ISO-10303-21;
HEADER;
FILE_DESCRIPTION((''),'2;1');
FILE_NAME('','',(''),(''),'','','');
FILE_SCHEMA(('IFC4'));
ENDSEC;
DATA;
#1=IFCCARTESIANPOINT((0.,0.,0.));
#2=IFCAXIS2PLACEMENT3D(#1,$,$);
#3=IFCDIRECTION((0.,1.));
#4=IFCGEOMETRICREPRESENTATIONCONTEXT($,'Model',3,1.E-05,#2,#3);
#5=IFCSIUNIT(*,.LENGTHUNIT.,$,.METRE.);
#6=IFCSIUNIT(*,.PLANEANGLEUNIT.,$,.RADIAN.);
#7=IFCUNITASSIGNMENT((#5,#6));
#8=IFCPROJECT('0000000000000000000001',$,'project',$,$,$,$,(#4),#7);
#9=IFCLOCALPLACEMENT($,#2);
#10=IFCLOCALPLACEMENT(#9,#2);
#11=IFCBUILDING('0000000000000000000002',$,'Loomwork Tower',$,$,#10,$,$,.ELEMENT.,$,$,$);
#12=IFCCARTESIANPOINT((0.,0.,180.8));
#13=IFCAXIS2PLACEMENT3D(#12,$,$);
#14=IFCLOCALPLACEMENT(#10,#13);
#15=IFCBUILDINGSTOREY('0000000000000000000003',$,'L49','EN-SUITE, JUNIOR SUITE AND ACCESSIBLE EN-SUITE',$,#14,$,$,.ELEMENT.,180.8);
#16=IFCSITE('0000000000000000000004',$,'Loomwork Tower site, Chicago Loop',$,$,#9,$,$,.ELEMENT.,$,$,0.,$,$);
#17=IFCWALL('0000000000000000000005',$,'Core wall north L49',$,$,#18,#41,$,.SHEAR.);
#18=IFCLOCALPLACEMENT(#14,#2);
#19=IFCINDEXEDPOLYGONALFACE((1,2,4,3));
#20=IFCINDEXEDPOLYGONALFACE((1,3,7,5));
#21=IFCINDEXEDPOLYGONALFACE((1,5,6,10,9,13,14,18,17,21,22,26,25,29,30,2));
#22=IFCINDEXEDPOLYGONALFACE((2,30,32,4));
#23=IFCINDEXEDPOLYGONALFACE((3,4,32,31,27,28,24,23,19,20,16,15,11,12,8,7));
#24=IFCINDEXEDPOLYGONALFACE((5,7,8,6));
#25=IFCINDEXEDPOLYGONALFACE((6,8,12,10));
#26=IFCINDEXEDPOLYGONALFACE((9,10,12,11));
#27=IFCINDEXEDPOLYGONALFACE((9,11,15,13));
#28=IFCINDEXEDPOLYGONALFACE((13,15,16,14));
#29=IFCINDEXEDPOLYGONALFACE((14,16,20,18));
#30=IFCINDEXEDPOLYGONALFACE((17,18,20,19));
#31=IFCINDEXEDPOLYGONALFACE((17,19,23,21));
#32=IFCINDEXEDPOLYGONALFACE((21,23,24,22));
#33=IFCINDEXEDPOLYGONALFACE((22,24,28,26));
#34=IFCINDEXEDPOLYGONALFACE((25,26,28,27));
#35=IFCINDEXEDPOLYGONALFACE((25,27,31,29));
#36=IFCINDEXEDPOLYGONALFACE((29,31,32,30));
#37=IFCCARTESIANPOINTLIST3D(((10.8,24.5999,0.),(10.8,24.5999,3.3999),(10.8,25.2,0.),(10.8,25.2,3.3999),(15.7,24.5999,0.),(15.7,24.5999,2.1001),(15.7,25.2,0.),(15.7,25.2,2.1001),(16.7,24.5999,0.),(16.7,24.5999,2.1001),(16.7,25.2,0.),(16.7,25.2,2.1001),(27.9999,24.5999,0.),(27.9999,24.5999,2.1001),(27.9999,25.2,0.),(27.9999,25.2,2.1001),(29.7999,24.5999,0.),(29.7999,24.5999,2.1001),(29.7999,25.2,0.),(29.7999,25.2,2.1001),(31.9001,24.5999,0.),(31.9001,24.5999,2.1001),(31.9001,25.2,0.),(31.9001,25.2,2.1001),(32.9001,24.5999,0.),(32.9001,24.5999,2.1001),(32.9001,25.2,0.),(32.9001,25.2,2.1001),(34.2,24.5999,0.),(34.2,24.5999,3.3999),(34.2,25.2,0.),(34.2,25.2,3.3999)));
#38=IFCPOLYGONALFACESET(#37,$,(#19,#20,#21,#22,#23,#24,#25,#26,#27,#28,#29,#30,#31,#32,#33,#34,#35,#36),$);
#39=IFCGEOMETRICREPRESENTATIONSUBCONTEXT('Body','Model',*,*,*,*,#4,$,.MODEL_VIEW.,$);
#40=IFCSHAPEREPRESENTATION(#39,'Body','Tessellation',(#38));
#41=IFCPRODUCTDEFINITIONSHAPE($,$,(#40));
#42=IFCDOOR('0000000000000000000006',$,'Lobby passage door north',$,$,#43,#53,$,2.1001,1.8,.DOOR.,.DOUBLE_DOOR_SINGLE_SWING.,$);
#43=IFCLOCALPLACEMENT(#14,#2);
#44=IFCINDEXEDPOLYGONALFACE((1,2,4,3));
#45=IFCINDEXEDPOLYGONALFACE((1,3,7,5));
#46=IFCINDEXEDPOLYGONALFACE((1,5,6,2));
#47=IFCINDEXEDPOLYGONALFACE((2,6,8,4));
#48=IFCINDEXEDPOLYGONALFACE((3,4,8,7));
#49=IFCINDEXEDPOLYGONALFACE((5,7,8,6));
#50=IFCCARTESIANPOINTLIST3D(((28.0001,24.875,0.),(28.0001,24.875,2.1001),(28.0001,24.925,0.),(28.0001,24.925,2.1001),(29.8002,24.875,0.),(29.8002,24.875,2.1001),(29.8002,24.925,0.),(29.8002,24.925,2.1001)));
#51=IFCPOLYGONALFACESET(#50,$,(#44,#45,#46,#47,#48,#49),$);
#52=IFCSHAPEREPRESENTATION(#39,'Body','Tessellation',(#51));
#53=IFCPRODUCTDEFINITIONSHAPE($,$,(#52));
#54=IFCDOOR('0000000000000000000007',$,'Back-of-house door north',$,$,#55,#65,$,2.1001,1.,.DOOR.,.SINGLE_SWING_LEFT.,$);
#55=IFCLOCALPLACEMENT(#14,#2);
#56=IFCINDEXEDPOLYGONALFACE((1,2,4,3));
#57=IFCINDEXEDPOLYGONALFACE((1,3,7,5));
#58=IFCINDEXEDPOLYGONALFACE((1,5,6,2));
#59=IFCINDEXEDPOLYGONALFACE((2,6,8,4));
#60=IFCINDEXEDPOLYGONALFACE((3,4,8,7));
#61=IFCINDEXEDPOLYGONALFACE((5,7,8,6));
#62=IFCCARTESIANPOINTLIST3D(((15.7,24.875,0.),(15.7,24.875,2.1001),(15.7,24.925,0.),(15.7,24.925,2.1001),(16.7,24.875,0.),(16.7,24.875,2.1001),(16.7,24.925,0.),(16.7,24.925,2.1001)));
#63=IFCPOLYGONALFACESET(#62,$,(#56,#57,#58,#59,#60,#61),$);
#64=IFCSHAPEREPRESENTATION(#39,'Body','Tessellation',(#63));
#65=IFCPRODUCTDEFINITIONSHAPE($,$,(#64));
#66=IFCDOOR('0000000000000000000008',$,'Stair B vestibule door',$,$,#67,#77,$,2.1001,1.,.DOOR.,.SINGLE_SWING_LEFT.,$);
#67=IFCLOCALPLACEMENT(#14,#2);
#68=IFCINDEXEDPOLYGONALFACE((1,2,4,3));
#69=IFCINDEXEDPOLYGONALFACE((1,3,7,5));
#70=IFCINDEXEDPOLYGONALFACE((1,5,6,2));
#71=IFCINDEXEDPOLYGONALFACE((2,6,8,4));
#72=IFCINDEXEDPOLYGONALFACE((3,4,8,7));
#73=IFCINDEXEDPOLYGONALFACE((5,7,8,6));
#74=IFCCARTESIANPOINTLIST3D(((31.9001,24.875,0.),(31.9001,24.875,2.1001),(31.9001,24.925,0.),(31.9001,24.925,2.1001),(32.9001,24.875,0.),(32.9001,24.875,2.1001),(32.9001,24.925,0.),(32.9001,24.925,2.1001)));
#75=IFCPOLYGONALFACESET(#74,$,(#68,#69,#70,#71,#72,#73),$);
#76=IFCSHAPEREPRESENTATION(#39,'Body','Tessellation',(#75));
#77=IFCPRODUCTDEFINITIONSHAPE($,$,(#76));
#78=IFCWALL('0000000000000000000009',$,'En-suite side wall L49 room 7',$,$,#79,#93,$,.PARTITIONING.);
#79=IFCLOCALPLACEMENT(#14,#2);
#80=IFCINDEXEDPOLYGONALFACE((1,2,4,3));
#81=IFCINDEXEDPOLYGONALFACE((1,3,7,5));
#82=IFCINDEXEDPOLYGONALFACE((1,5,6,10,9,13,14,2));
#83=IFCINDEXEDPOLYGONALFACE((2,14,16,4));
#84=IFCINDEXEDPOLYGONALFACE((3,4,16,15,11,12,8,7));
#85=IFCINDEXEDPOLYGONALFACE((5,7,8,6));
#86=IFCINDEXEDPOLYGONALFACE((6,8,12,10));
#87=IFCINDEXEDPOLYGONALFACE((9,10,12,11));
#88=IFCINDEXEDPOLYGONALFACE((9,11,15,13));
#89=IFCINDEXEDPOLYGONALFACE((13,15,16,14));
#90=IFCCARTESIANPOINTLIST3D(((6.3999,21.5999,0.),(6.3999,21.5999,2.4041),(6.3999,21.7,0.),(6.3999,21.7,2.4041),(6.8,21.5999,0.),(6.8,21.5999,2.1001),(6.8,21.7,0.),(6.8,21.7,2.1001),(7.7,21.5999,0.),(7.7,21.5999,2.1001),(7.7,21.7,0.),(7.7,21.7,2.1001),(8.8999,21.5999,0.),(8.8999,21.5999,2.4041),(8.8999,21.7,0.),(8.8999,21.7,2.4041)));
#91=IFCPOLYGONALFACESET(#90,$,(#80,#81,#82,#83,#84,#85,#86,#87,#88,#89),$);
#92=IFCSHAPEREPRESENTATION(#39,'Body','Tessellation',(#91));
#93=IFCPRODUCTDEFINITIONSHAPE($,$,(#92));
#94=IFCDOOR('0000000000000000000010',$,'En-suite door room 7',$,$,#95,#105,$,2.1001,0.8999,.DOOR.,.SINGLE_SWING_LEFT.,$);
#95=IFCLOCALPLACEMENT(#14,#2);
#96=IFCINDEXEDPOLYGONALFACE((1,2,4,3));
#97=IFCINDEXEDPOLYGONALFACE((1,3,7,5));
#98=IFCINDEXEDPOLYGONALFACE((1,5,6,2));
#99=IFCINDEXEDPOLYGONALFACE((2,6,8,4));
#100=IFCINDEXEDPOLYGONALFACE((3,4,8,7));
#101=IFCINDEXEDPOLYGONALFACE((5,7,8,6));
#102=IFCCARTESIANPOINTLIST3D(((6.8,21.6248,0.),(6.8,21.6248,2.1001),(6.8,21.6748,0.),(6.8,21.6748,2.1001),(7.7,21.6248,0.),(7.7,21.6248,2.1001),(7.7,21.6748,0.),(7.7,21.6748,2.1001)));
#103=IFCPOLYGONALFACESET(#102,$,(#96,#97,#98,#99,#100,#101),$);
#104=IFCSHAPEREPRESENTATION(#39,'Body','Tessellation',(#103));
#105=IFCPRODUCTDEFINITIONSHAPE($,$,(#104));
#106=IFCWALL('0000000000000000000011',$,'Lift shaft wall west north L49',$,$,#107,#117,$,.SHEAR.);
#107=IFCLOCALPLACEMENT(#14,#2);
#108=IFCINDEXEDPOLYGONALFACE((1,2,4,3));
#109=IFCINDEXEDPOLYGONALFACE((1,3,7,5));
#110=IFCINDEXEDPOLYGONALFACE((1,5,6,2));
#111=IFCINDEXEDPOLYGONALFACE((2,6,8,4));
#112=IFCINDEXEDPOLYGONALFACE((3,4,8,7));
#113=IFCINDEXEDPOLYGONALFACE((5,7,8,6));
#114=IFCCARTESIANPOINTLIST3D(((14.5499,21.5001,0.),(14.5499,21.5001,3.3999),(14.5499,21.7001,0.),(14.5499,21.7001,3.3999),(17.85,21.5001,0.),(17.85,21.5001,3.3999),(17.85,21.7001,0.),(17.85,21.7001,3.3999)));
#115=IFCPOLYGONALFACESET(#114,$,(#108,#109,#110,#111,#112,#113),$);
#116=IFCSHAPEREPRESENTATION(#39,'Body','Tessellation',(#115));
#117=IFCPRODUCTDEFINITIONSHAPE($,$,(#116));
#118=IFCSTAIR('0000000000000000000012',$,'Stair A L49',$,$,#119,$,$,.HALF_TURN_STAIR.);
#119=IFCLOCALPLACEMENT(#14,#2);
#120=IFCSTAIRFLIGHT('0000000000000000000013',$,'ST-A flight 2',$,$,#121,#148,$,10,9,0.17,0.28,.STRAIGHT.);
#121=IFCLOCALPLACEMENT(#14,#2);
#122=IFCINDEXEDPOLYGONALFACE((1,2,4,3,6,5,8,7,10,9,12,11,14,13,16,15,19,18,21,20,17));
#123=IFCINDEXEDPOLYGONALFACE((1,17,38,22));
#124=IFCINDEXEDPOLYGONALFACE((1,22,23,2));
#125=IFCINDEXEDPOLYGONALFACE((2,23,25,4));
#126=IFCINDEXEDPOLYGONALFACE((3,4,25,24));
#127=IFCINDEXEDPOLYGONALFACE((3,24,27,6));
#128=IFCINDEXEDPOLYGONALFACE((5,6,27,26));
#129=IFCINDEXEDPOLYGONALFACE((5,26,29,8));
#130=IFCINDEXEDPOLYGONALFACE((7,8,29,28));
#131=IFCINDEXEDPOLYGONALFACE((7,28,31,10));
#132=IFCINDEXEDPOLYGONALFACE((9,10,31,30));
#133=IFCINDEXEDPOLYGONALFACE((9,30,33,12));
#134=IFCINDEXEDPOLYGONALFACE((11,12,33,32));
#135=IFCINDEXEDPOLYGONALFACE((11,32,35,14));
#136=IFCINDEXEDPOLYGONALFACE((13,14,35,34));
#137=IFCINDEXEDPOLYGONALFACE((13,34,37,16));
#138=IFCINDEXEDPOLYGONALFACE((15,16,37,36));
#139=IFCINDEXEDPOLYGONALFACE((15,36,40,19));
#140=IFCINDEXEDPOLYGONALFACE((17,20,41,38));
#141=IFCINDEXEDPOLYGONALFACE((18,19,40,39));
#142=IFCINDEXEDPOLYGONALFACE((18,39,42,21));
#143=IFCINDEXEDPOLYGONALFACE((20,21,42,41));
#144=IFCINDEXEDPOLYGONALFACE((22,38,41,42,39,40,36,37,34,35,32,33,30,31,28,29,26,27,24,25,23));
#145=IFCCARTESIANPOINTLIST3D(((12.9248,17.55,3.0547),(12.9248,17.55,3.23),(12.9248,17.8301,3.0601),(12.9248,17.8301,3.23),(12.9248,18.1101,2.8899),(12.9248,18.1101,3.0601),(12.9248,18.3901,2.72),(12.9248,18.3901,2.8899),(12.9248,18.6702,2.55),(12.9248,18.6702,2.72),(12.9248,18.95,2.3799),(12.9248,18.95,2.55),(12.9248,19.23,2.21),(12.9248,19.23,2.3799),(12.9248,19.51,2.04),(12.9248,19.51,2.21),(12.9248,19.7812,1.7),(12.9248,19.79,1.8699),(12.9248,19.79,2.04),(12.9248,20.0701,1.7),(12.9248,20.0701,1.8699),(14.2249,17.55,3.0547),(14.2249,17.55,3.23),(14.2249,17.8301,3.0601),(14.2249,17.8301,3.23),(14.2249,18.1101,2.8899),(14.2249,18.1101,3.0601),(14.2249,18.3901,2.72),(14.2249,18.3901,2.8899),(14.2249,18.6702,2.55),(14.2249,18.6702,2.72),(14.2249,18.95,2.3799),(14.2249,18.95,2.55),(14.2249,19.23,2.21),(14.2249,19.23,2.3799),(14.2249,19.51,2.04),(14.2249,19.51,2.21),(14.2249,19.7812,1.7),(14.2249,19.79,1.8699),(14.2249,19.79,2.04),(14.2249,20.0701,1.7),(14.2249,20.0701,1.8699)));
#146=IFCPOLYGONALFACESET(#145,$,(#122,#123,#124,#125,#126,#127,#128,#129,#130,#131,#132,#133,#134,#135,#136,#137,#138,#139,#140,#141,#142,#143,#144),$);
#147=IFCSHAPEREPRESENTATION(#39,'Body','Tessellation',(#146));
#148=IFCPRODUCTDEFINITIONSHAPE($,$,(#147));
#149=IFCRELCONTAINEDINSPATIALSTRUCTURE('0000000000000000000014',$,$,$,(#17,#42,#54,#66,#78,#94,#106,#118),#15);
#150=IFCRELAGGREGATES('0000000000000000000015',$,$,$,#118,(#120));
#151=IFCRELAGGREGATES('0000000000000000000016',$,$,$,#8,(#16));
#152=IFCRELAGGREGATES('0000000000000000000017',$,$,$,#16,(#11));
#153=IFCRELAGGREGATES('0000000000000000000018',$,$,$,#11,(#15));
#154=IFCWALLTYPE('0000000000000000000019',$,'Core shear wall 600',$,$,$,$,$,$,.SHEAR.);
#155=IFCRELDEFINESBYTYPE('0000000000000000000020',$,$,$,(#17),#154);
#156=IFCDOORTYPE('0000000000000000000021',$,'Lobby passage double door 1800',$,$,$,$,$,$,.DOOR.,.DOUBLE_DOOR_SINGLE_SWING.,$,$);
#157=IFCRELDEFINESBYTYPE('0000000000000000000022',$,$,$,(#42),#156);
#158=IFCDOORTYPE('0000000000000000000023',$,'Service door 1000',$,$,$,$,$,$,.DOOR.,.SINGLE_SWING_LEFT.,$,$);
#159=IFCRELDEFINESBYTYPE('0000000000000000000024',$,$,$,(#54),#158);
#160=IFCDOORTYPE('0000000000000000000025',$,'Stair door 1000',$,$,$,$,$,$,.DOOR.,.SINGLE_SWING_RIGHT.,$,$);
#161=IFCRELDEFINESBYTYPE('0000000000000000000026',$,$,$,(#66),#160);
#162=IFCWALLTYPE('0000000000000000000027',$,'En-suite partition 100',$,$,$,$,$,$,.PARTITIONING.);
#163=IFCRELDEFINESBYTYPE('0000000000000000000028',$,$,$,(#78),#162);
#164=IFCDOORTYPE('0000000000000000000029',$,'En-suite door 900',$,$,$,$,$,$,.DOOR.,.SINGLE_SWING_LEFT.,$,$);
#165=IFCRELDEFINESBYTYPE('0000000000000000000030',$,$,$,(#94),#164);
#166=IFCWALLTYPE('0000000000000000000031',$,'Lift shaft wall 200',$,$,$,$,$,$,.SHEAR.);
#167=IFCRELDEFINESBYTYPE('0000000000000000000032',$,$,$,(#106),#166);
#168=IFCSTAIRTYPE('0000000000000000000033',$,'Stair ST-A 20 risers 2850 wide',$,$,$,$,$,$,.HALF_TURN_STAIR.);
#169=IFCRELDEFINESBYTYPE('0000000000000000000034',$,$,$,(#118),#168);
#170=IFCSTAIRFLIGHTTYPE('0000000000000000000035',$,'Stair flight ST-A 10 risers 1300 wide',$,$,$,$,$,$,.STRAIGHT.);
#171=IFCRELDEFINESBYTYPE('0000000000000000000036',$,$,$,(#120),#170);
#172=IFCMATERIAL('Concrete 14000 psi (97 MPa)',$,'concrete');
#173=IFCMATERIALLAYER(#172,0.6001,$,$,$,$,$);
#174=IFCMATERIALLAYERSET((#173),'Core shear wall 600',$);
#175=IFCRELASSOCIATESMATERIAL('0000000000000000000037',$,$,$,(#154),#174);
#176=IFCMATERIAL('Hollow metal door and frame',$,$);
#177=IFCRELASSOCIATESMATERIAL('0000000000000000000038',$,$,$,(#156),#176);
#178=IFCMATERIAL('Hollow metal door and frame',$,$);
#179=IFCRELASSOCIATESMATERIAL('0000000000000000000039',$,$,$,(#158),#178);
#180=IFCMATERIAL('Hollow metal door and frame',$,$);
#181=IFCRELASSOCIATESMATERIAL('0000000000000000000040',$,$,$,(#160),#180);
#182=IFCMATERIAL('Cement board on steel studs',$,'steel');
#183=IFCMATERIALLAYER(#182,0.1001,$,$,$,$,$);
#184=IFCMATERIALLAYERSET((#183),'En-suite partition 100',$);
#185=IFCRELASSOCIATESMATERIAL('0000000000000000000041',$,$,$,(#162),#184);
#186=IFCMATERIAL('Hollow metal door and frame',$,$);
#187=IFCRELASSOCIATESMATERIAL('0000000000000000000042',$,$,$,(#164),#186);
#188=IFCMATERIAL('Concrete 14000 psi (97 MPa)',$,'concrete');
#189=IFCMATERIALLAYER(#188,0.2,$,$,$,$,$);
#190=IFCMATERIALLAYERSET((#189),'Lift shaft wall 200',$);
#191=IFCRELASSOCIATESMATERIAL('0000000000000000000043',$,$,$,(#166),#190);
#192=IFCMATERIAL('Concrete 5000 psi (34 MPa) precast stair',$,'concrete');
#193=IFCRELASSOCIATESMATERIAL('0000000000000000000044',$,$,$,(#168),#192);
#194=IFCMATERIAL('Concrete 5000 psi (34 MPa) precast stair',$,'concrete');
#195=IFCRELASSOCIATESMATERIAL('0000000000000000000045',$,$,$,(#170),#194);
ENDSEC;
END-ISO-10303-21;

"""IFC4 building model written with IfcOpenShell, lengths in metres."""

from ifc_helpers import new_model, si_unit, direction, frame, frame_2d, origin, place, context, subcontext, project, spatial, polyline, rectangle, outline, extrude, material, layer, layer_set, type_object, element, fill, aggregate, save


model = new_model("IFC4")

# Units and contexts
model_context = context("Model", 3, precision=1e-05, world=origin(), true_north=direction((0.0, 1.0)))
body_context = subcontext(model_context, "Body", "Model", "MODEL_VIEW")
ifc_project = project(units=[si_unit("LENGTHUNIT", "METRE"), si_unit("PLANEANGLEUNIT", "RADIAN")], contexts=[model_context])

# Site, building, storey
site_placement = place(None, origin())
site = spatial("IfcSite", under=ifc_project, at=site_placement, Name="Loomwork Tower site, Chicago Loop", CompositionType="ELEMENT", RefElevation=0.0)
building_placement = place(site_placement, origin())
building = spatial("IfcBuilding", under=site, at=building_placement, Name="Loomwork Tower", CompositionType="ELEMENT")
storey_placement = place(building_placement, frame((0.0, 0.0, 180.8)))
storey = spatial("IfcBuildingStorey", under=building, at=storey_placement, Name="L49", Description="EN-SUITE, JUNIOR SUITE AND ACCESSIBLE EN-SUITE", CompositionType="ELEMENT", Elevation=180.8)

# Wall, openings, doors
ifc_material_1 = material(Name="Concrete 14000 psi (97 MPa)", Category="concrete")
ifc_layer_1 = layer(ifc_material_1, 0.6001)
ifc_layer_set_1 = layer_set([ifc_layer_1], Name="Core shear wall 600")
wall_type_1 = type_object("IfcWallType", Name="Core shear wall 600", PredefinedType="SHEAR", material=ifc_layer_set_1)
wall_1_placement = place(storey_placement, frame((10.8, 24.8999, 0.0), z_axis=(0.0, 0.0, 1.0), x_axis=(1.0, 0.0, 0.0)))
wall_1 = element("IfcWall", 1, at=wall_1_placement, inside=storey, type_object=wall_type_1, Name="Core wall north L49", PredefinedType="SHEAR", context=body_context, shape_type="SweptSolid", body=[
    extrude(rectangle(XDim=23.3999, YDim=0.6001, at=frame_2d((11.7, 0.0))), origin(), (0.0, 0.0, 1.0), 3.3999),
])
opening_1_placement = place(wall_1_placement, frame((17.2, 0.0, 0.0)))
opening_1 = element("IfcOpeningElement", 2, at=opening_1_placement, cuts=wall_1, PredefinedType="OPENING", context=body_context, shape_type="SweptSolid", body=[
    extrude(rectangle(XDim=1.8, YDim=2.1001, at=frame_2d((0.8999, 1.05))), frame((0.0, 0.3101, 0.0), z_axis=(0.0, -1.0, 0.0), x_axis=(1.0, 0.0, 0.0)), (0.0, 0.0, 1.0), 0.6201),
])
opening_2_placement = place(wall_1_placement, frame((21.1001, 0.0, 0.0)))
opening_2 = element("IfcOpeningElement", 3, at=opening_2_placement, cuts=wall_1, PredefinedType="OPENING", context=body_context, shape_type="SweptSolid", body=[
    extrude(rectangle(XDim=1.0, YDim=2.1001, at=frame_2d((0.5, 1.05))), frame((0.0, 0.3101, 0.0), z_axis=(0.0, -1.0, 0.0), x_axis=(1.0, 0.0, 0.0)), (0.0, 0.0, 1.0), 0.6201),
])
opening_3_placement = place(wall_1_placement, frame((4.8999, 0.0, 0.0)))
opening_3 = element("IfcOpeningElement", 4, at=opening_3_placement, cuts=wall_1, PredefinedType="OPENING", context=body_context, shape_type="SweptSolid", body=[
    extrude(rectangle(XDim=1.0, YDim=2.1001, at=frame_2d((0.5, 1.05))), frame((0.0, 0.3101, 0.0), z_axis=(0.0, -1.0, 0.0), x_axis=(1.0, 0.0, 0.0)), (0.0, 0.0, 1.0), 0.6201),
])
ifc_material_2 = material(Name="Hollow metal door and frame")
door_type_1 = type_object("IfcDoorType", Name="Lobby passage double door 1800", OperationType="DOUBLE_DOOR_SINGLE_SWING", PredefinedType="DOOR", material=ifc_material_2)
door_1_placement = place(opening_1_placement, frame((1.8, 0.0, 0.0), z_axis=(0.0, 0.0, 1.0), x_axis=(-1.0, 0.0, 0.0)))
door_1 = element("IfcDoor", 5, at=door_1_placement, inside=storey, type_object=door_type_1, Name="Lobby passage door north", OperationType="DOUBLE_DOOR_SINGLE_SWING", OverallHeight=2.1001, OverallWidth=1.8, PredefinedType="DOOR", context=body_context, shape_type="SweptSolid", body=[
    extrude(rectangle(XDim=1.8, YDim=2.1001, at=frame_2d((0.8999, 1.05))), frame((0.0, 0.0249, 0.0), z_axis=(0.0, -1.0, 0.0), x_axis=(1.0, 0.0, 0.0)), (0.0, 0.0, 1.0), 0.05),
])
fill(opening_1, door_1)
ifc_material_3 = material(Name="Hollow metal door and frame")
door_type_2 = type_object("IfcDoorType", Name="Service door 1000", OperationType="SINGLE_SWING_LEFT", PredefinedType="DOOR", material=ifc_material_3)
door_2_placement = place(opening_3_placement, frame((1.0, 0.0, 0.0), z_axis=(0.0, 0.0, 1.0), x_axis=(-1.0, 0.0, 0.0)))
door_2 = element("IfcDoor", 6, at=door_2_placement, inside=storey, type_object=door_type_2, Name="Back-of-house door north", OperationType="SINGLE_SWING_LEFT", OverallHeight=2.1001, OverallWidth=1.0, PredefinedType="DOOR", context=body_context, shape_type="SweptSolid", body=[
    extrude(rectangle(XDim=1.0, YDim=2.1001, at=frame_2d((0.5, 1.05))), frame((0.0, 0.0249, 0.0), z_axis=(0.0, -1.0, 0.0), x_axis=(1.0, 0.0, 0.0)), (0.0, 0.0, 1.0), 0.05),
])
fill(opening_3, door_2)
ifc_material_4 = material(Name="Hollow metal door and frame")
door_type_3 = type_object("IfcDoorType", Name="Stair door 1000", OperationType="SINGLE_SWING_RIGHT", PredefinedType="DOOR", material=ifc_material_4)
door_3_placement = place(opening_2_placement, frame((1.0, 0.0, 0.0), z_axis=(0.0, 0.0, 1.0), x_axis=(-1.0, 0.0, 0.0)))
door_3 = element("IfcDoor", 7, at=door_3_placement, inside=storey, type_object=door_type_3, Name="Stair B vestibule door", OperationType="SINGLE_SWING_LEFT", OverallHeight=2.1001, OverallWidth=1.0, PredefinedType="DOOR", context=body_context, shape_type="SweptSolid", body=[
    extrude(rectangle(XDim=1.0, YDim=2.1001, at=frame_2d((0.5, 1.05))), frame((0.0, 0.0249, 0.0), z_axis=(0.0, -1.0, 0.0), x_axis=(1.0, 0.0, 0.0)), (0.0, 0.0, 1.0), 0.05),
])
fill(opening_2, door_3)

# Wall, opening, door
ifc_material_5 = material(Name="Cement board on steel studs", Category="steel")
ifc_layer_2 = layer(ifc_material_5, 0.1001)
ifc_layer_set_2 = layer_set([ifc_layer_2], Name="En-suite partition 100")
wall_type_2 = type_object("IfcWallType", Name="En-suite partition 100", PredefinedType="PARTITIONING", material=ifc_layer_set_2)
wall_2_placement = place(storey_placement, frame((8.8999, 21.6499, 0.0), z_axis=(0.0, 0.0, 1.0), x_axis=(-1.0, 0.0, 0.0)))
wall_2 = element("IfcWall", 8, at=wall_2_placement, inside=storey, type_object=wall_type_2, Name="En-suite side wall L49 room 7", PredefinedType="PARTITIONING", context=body_context, shape_type="SweptSolid", body=[
    extrude(rectangle(XDim=2.5, YDim=0.1001, at=frame_2d((1.25, 0.0))), origin(), (0.0, 0.0, 1.0), 2.4041),
])
opening_4_placement = place(wall_2_placement, frame((1.2, 0.0, 0.0)))
opening_4 = element("IfcOpeningElement", 9, at=opening_4_placement, cuts=wall_2, PredefinedType="OPENING", context=body_context, shape_type="SweptSolid", body=[
    extrude(rectangle(XDim=0.8999, YDim=2.1001, at=frame_2d((0.45, 1.05))), frame((0.0, 0.0601, 0.0), z_axis=(0.0, -1.0, 0.0), x_axis=(1.0, 0.0, 0.0)), (0.0, 0.0, 1.0), 0.1201),
])
ifc_material_6 = material(Name="Hollow metal door and frame")
door_type_4 = type_object("IfcDoorType", Name="En-suite door 900", OperationType="SINGLE_SWING_LEFT", PredefinedType="DOOR", material=ifc_material_6)
door_4_placement = place(opening_4_placement, frame((0.8999, 0.0, 0.0), z_axis=(0.0, 0.0, 1.0), x_axis=(-1.0, 0.0, 0.0)))
door_4 = element("IfcDoor", 10, at=door_4_placement, inside=storey, type_object=door_type_4, Name="En-suite door room 7", OperationType="SINGLE_SWING_LEFT", OverallHeight=2.1001, OverallWidth=0.8999, PredefinedType="DOOR", context=body_context, shape_type="SweptSolid", body=[
    extrude(rectangle(XDim=0.8999, YDim=2.1001, at=frame_2d((0.45, 1.05))), frame((0.0, 0.0249, 0.0), z_axis=(0.0, -1.0, 0.0), x_axis=(1.0, 0.0, 0.0)), (0.0, 0.0, 1.0), 0.05),
])
fill(opening_4, door_4)

# Wall
ifc_material_7 = material(Name="Concrete 14000 psi (97 MPa)", Category="concrete")
ifc_layer_3 = layer(ifc_material_7, 0.2)
ifc_layer_set_3 = layer_set([ifc_layer_3], Name="Lift shaft wall 200")
wall_type_3 = type_object("IfcWallType", Name="Lift shaft wall 200", PredefinedType="SHEAR", material=ifc_layer_set_3)
wall_3_placement = place(storey_placement, frame((14.55, 21.6001, 0.0), z_axis=(0.0, 0.0, 1.0), x_axis=(1.0, 0.0, 0.0)))
element("IfcWall", 11, at=wall_3_placement, inside=storey, type_object=wall_type_3, Name="Lift shaft wall west north L49", PredefinedType="SHEAR", context=body_context, shape_type="SweptSolid", body=[
    extrude(rectangle(XDim=3.3, YDim=0.2, at=frame_2d((1.6499, 0.0))), origin(), (0.0, 0.0, 1.0), 3.3999),
])

# Stair, stair flight
ifc_material_8 = material(Name="Concrete 5000 psi (34 MPa) precast stair", Category="concrete")
stair_type = type_object("IfcStairType", Name="Stair ST-A 20 risers 2850 wide", PredefinedType="HALF_TURN_STAIR", material=ifc_material_8)
stair_placement = place(storey_placement, origin())
stair = element("IfcStair", 12, at=stair_placement, inside=storey, type_object=stair_type, Name="Stair A L49", PredefinedType="HALF_TURN_STAIR")
ifc_material_9 = material(Name="Concrete 5000 psi (34 MPa) precast stair", Category="concrete")
stair_flight_type = type_object("IfcStairFlightType", Name="Stair flight ST-A 10 risers 1300 wide", PredefinedType="STRAIGHT", material=ifc_material_9)
stair_flight_placement = place(storey_placement, frame((13.575, 20.0701, 1.7), z_axis=(0.0, 0.0, 1.0), x_axis=(0.0, -1.0, 0.0)))
stair_flight = element("IfcStairFlight", 13, at=stair_flight_placement, type_object=stair_flight_type, Name="ST-A flight 2", NumberOfRisers=10, NumberOfTreads=9, PredefinedType="STRAIGHT", RiserHeight=0.17, TreadLength=0.28, context=body_context, shape_type="SweptSolid", body=[
    extrude(outline(polyline([(0.0, 0.0), (0.0, 0.1699), (0.28, 0.1699), (0.28, 0.3401), (0.5601, 0.3401), (0.5601, 0.51), (0.8401, 0.51), (0.8401, 0.6799), (1.1201, 0.6799), (1.1201, 0.8501), (1.3999, 0.8501), (1.3999, 1.02), (1.6799, 1.02), (1.6799, 1.1899), (1.96, 1.1899), (1.96, 1.3601), (2.24, 1.3601), (2.24, 1.53), (2.52, 1.53), (2.52, 1.7), (2.52, 1.3547), (0.2888, 0.0), (0.0, 0.0)])), frame((0.0, 0.6499, 0.0), z_axis=(0.0, -1.0, 0.0), x_axis=(1.0, 0.0, 0.0)), (0.0, 0.0, 1.0), 1.3),
])
aggregate(stair, [stair_flight])

save(model, "model.ifc")
